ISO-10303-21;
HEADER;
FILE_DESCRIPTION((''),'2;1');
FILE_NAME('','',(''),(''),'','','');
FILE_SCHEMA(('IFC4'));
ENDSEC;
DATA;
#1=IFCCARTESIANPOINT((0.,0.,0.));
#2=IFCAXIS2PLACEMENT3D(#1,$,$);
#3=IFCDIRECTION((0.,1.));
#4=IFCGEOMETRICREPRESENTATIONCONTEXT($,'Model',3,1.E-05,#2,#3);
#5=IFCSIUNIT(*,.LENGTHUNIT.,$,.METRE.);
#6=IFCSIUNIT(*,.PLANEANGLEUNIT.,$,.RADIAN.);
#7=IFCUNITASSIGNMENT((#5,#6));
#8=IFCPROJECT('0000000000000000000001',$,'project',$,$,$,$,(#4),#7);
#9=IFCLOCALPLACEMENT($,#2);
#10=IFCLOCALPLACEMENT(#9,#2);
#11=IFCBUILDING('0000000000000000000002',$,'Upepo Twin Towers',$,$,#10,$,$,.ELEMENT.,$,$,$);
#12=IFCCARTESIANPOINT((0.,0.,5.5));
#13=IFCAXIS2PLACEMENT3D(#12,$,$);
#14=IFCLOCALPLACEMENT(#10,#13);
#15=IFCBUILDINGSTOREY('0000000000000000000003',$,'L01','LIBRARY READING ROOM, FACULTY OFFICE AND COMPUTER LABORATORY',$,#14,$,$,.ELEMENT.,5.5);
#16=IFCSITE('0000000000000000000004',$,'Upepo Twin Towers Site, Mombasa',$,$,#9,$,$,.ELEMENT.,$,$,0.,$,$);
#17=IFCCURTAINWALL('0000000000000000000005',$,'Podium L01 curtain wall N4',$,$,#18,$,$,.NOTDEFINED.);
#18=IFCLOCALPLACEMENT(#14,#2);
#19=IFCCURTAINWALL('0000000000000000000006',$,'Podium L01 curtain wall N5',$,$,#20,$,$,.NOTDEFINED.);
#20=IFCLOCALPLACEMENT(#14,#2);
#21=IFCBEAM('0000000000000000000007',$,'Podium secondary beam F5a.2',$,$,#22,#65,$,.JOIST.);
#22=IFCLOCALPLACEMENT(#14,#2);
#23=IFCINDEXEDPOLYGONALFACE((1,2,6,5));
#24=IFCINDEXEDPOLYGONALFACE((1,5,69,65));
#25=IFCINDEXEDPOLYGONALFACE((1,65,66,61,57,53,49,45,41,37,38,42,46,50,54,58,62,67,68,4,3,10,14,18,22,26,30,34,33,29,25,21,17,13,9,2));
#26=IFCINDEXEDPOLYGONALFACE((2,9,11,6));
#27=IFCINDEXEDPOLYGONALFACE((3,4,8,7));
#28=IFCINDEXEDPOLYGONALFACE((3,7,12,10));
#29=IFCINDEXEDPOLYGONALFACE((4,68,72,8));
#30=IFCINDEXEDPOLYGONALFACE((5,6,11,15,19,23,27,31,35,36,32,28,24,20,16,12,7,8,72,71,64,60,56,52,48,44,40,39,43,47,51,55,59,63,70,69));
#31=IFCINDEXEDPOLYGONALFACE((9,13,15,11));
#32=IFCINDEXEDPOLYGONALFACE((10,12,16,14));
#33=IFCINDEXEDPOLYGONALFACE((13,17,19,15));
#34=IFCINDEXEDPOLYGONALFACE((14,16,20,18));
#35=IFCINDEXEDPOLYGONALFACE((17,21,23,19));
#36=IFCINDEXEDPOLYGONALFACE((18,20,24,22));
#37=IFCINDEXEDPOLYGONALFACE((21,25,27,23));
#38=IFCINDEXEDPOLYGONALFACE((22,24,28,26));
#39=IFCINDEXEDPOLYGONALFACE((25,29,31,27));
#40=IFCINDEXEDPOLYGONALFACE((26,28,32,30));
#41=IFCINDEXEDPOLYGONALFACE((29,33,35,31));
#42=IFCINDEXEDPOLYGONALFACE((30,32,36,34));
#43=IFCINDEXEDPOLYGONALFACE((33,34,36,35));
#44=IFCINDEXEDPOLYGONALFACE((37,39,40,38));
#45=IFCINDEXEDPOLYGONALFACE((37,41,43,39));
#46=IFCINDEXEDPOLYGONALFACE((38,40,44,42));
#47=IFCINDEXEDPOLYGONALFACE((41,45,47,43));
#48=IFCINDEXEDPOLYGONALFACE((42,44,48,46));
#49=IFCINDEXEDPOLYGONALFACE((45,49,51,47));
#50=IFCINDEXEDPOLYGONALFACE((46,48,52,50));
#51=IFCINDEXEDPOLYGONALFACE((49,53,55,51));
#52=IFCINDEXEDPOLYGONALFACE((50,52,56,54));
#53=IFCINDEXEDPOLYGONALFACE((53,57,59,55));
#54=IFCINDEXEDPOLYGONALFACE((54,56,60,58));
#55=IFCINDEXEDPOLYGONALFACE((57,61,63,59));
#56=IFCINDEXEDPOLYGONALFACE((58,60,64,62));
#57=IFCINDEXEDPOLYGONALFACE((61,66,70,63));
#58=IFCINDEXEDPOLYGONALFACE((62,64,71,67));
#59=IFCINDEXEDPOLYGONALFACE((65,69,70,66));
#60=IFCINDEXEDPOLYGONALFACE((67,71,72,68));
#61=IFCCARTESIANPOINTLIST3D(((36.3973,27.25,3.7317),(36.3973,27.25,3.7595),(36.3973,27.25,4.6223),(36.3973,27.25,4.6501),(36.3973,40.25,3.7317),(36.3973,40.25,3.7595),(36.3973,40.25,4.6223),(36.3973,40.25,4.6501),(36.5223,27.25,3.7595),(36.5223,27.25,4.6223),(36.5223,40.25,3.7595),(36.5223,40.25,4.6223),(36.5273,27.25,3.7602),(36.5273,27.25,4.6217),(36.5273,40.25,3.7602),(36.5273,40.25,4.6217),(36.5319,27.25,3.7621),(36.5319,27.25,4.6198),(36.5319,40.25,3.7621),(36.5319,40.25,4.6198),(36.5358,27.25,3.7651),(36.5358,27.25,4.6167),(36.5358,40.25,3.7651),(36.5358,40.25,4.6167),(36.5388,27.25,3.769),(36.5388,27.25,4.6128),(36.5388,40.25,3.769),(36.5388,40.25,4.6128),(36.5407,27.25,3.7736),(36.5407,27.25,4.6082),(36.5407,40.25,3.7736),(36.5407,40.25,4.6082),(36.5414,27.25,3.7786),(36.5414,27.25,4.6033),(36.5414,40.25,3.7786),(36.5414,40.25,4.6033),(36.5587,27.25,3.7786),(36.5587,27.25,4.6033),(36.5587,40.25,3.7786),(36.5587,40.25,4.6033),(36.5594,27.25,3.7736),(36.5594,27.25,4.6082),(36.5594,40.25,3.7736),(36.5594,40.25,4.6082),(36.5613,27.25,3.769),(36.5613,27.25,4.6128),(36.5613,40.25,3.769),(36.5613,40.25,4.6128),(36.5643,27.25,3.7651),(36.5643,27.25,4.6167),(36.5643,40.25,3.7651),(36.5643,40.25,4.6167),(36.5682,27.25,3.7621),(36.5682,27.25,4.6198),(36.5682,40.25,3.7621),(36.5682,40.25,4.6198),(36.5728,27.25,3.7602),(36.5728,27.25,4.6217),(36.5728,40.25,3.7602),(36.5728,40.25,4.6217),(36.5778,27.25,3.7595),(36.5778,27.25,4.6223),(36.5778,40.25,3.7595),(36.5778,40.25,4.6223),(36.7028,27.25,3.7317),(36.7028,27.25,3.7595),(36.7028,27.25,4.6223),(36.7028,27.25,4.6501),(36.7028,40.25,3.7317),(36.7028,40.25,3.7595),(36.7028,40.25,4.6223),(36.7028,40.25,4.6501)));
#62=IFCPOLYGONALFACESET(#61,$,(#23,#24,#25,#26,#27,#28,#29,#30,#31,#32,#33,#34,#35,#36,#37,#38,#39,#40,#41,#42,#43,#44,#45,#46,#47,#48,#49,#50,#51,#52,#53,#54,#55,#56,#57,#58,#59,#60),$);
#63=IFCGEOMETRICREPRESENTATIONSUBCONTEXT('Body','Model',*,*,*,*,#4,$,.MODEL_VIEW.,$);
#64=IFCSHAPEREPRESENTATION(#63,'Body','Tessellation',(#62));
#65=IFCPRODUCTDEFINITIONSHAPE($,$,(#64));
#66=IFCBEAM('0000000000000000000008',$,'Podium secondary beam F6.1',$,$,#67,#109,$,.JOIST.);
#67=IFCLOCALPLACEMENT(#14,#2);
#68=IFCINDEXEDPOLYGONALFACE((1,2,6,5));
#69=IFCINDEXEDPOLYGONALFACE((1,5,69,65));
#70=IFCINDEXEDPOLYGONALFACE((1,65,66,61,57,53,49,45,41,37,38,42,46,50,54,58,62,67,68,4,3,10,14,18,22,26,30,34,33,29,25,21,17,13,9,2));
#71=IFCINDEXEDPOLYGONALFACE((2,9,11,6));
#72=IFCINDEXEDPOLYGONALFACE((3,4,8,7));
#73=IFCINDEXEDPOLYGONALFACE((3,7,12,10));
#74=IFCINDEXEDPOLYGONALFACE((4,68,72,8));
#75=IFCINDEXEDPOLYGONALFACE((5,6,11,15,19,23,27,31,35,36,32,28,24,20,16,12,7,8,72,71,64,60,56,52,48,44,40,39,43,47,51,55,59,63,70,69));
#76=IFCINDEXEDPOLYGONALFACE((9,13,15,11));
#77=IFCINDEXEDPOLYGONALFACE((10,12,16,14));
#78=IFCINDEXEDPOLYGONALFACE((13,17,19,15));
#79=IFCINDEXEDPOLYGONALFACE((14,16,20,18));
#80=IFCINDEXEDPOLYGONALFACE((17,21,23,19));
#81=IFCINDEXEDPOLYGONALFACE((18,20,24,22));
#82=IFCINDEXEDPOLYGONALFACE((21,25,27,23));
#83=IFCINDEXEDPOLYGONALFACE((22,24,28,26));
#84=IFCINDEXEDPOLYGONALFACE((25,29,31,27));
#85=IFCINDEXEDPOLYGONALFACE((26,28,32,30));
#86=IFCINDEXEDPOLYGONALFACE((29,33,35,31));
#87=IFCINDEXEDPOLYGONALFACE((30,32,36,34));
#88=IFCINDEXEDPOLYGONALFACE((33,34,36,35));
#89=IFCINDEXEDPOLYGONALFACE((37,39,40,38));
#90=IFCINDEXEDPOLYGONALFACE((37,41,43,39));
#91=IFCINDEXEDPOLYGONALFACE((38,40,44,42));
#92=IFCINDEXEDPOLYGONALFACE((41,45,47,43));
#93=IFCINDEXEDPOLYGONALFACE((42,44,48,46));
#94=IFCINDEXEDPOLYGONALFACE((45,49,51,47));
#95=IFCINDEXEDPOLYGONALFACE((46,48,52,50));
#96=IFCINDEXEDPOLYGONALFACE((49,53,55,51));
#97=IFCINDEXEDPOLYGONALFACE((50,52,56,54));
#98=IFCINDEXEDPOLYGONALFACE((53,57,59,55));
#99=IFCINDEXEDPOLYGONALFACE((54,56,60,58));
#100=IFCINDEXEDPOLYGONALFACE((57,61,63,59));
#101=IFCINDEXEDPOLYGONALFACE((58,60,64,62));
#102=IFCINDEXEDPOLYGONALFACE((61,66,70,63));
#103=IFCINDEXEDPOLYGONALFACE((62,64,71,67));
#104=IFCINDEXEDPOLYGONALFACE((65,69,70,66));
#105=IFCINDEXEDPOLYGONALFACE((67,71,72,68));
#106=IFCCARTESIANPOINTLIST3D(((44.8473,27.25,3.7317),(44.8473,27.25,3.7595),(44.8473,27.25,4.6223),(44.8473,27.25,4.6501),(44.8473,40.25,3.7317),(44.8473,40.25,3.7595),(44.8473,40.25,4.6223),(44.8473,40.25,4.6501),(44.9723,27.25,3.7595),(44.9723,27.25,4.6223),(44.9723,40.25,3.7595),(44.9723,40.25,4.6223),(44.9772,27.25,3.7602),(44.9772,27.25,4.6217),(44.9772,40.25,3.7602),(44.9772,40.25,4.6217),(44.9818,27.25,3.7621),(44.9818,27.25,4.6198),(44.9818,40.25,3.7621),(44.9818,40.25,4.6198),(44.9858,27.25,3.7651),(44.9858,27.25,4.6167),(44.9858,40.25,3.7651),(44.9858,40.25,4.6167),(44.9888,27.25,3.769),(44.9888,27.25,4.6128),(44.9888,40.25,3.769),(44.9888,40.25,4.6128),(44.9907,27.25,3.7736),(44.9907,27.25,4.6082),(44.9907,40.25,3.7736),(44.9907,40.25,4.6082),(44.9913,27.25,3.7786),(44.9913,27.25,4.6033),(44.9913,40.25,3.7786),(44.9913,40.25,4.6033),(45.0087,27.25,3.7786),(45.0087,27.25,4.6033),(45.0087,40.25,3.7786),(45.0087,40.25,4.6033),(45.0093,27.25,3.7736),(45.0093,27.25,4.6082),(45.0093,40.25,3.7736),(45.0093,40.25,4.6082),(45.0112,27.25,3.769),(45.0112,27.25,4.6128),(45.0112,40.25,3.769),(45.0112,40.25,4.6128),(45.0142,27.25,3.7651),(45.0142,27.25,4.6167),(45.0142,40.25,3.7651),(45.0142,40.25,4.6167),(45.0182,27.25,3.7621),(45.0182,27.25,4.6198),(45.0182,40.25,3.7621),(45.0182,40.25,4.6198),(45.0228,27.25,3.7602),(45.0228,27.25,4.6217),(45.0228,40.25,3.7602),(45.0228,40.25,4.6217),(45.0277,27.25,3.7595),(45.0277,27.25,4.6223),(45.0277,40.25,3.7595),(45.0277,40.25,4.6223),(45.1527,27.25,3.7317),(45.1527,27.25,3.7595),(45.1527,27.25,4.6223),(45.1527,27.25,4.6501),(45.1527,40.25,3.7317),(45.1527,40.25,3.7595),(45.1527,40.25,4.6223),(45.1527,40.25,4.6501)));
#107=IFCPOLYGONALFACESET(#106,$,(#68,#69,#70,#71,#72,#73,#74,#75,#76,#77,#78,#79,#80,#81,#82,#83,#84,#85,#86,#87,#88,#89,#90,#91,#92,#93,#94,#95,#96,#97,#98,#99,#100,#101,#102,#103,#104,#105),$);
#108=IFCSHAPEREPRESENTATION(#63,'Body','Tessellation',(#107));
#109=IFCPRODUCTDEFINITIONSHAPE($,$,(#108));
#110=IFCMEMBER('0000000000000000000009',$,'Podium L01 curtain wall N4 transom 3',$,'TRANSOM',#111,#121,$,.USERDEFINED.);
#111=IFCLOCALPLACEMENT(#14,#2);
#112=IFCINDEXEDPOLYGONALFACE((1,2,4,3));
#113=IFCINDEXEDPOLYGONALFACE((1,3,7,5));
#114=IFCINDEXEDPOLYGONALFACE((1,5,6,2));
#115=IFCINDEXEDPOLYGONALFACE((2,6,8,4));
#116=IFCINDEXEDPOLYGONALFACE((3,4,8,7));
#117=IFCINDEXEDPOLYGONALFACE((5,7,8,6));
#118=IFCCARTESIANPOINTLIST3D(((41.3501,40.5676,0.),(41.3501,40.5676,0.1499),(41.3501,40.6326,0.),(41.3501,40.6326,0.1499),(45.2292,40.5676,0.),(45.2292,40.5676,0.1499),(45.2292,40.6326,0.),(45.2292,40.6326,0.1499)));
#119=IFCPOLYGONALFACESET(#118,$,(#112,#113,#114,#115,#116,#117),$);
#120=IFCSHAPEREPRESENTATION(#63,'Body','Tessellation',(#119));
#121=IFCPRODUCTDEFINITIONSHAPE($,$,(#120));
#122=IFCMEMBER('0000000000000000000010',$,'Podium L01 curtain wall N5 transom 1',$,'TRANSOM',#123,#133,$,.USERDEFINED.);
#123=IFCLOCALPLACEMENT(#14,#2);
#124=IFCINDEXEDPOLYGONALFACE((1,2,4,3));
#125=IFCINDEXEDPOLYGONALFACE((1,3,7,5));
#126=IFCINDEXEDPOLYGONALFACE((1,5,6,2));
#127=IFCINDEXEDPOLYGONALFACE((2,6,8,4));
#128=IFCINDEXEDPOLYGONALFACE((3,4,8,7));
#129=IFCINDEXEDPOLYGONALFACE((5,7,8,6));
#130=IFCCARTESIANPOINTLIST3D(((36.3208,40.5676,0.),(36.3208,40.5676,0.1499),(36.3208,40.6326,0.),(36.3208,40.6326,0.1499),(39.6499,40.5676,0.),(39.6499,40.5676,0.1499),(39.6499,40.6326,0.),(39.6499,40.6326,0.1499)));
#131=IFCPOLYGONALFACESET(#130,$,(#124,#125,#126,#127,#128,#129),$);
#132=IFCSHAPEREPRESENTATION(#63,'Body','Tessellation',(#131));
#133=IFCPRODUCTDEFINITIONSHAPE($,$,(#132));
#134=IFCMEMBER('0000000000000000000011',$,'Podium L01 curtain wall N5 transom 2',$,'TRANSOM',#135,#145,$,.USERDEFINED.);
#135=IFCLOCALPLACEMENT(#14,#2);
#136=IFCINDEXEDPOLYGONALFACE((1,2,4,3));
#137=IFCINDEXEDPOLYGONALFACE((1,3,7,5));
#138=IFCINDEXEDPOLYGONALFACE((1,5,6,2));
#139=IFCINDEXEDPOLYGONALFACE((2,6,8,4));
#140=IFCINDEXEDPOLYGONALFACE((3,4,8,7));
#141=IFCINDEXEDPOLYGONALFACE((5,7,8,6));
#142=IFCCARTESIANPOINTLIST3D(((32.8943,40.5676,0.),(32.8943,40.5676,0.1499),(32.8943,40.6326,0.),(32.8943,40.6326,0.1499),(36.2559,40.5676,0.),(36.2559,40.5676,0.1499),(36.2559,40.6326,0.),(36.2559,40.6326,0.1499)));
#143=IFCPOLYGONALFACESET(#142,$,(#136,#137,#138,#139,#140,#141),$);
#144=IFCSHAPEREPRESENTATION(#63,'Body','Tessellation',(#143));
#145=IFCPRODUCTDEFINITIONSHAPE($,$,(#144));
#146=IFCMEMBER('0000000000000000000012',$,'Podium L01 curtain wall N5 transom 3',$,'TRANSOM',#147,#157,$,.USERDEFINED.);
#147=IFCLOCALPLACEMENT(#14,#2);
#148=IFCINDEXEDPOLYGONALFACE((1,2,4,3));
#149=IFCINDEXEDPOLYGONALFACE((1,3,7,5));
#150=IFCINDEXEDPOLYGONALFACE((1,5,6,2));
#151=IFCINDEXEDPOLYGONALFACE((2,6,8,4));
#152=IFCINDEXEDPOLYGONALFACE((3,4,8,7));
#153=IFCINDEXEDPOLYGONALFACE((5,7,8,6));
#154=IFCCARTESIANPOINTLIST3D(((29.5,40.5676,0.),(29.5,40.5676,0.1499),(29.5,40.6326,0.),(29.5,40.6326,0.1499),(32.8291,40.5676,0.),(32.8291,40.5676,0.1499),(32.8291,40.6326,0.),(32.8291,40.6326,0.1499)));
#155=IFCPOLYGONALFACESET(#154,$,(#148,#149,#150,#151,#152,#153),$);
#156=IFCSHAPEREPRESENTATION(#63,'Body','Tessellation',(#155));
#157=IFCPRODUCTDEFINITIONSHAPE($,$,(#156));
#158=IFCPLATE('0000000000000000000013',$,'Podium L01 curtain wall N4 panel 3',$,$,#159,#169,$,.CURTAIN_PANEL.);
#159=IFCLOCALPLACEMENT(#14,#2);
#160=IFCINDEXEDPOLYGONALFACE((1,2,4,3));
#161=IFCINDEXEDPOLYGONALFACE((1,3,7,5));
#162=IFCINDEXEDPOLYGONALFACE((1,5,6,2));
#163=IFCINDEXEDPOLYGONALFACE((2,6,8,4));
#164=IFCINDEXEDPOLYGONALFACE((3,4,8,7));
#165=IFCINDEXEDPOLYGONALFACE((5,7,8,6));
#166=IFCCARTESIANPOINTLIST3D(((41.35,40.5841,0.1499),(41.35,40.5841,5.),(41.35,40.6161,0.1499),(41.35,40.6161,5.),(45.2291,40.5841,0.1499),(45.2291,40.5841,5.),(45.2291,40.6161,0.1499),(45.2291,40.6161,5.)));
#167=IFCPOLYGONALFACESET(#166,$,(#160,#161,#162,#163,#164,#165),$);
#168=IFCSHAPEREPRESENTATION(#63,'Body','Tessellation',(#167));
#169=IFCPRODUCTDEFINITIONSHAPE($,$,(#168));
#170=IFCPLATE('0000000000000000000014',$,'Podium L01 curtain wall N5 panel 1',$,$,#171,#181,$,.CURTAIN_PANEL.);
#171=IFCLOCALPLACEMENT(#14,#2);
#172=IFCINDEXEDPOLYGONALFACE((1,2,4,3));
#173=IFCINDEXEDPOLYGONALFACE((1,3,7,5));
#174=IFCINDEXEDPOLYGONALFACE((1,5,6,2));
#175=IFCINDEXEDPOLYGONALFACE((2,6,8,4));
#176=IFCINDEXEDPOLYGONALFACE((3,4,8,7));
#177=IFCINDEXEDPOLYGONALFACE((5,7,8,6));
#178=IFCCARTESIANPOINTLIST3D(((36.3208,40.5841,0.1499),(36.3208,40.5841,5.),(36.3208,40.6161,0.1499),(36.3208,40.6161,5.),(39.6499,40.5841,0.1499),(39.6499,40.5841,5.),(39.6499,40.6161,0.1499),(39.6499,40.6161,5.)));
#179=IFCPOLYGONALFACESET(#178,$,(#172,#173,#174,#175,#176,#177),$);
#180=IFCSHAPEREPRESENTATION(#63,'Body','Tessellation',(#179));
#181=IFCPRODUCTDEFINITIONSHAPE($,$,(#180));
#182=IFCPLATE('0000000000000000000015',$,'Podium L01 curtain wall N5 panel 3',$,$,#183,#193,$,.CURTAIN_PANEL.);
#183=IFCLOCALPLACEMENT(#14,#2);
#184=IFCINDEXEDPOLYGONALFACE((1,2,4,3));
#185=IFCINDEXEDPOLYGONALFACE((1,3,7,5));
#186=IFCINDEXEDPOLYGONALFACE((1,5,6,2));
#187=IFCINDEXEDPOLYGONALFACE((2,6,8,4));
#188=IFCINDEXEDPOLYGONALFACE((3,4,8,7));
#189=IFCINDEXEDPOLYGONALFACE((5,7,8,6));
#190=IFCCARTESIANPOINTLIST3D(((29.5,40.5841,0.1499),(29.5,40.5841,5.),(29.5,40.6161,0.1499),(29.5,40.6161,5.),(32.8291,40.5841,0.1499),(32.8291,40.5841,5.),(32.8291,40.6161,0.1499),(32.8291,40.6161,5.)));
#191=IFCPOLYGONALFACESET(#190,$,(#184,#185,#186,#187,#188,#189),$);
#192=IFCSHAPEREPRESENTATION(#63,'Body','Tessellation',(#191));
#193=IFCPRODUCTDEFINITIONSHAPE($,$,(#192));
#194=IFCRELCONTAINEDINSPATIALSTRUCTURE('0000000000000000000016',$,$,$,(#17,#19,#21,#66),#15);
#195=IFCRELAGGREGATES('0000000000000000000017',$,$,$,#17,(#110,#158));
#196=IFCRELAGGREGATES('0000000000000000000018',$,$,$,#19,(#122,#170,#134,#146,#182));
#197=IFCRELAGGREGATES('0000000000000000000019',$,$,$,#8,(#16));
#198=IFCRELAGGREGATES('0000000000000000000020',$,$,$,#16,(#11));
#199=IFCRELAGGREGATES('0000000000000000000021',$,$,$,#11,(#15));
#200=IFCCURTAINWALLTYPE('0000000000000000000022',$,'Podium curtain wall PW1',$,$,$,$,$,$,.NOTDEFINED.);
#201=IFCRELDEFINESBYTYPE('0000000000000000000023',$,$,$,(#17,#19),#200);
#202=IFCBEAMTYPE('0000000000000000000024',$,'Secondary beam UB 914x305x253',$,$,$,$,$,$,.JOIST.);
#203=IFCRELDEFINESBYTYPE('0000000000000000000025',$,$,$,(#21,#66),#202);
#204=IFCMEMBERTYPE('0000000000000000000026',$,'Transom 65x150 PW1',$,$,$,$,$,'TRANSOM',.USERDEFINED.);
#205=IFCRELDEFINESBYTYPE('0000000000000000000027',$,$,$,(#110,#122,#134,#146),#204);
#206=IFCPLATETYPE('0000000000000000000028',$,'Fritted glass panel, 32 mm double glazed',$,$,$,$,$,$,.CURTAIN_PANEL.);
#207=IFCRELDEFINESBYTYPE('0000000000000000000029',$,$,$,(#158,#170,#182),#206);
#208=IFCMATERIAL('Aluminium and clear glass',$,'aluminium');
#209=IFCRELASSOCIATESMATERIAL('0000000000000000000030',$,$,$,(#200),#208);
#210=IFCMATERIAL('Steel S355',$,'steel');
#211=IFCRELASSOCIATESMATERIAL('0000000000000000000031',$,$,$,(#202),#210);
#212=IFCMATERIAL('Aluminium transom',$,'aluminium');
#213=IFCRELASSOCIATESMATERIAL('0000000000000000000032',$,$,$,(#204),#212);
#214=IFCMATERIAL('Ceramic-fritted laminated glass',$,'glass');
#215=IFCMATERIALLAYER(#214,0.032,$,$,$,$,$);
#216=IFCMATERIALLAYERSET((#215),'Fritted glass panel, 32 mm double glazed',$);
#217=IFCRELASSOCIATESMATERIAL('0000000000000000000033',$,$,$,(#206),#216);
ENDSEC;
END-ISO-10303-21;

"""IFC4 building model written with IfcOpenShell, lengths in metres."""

from ifc_helpers import new_model, si_unit, direction, frame, origin, origin_2d, place, context, subcontext, project, spatial, rectangle, i_section, extrude, material, layer, layer_set, material_profile, profile_set, type_object, element, aggregate, save


model = new_model("IFC4")

# Units and contexts
model_context = context("Model", 3, precision=1e-05, world=origin(), true_north=direction((0.0, 1.0)))
body_context = subcontext(model_context, "Body", "Model", "MODEL_VIEW")
ifc_project = project(units=[si_unit("LENGTHUNIT", "METRE"), si_unit("PLANEANGLEUNIT", "RADIAN")], contexts=[model_context])

# Site, building, storey
site_placement = place(None, origin())
site = spatial("IfcSite", under=ifc_project, at=site_placement, Name="Upepo Twin Towers Site, Mombasa", CompositionType="ELEMENT", RefElevation=0.0)
building_placement = place(site_placement, origin())
building = spatial("IfcBuilding", under=site, at=building_placement, Name="Upepo Twin Towers", CompositionType="ELEMENT")
storey_placement = place(building_placement, frame((0.0, 0.0, 5.5)))
storey = spatial("IfcBuildingStorey", under=building, at=storey_placement, Name="L01", Description="LIBRARY READING ROOM, FACULTY OFFICE AND COMPUTER LABORATORY", CompositionType="ELEMENT", Elevation=5.5)

# Curtain walls
ifc_material_1 = material(Name="Aluminium and clear glass", Category="aluminium")
curtain_wall_type = type_object("IfcCurtainWallType", Name="Podium curtain wall PW1", PredefinedType="NOTDEFINED", material=ifc_material_1)
curtain_wall_1_placement = place(storey_placement, origin())
curtain_wall_1 = element("IfcCurtainWall", 1, at=curtain_wall_1_placement, inside=storey, type_object=curtain_wall_type, Name="Podium L01 curtain wall N4", PredefinedType="NOTDEFINED")
curtain_wall_2_placement = place(storey_placement, origin())
curtain_wall_2 = element("IfcCurtainWall", 2, at=curtain_wall_2_placement, inside=storey, type_object=curtain_wall_type, Name="Podium L01 curtain wall N5", PredefinedType="NOTDEFINED")

# Beams
ifc_material_2 = material(Name="Steel S355", Category="steel")
ifc_material_profile_1 = material_profile(ifc_material_2, i_section(OverallWidth=0.3054, OverallDepth=0.9185, WebThickness=0.0173, FlangeThickness=0.0278, FilletRadius=0.019, at=origin_2d()), Name="UB 914x305x253")
ifc_profile_set_1 = profile_set([ifc_material_profile_1], Name="Steel S355")
beam_type_1 = type_object("IfcBeamType", Name="Secondary beam UB 914x305x253", PredefinedType="JOIST", material=ifc_profile_set_1)
for number, where, z_axis, x_axis, name in (
    (3, (36.55, 27.25, 4.1909), (0.0, 1.0, 0.0), (-1.0, 0.0, 0.0), "Podium secondary beam F5a.2"),
    (4, (45.0, 27.25, 4.1909), (0.0, 1.0, 0.0), (-1.0, 0.0, 0.0), "Podium secondary beam F6.1"),
):
    element("IfcBeam", number, at=place(storey_placement, frame(where, z_axis=z_axis, x_axis=x_axis)), inside=storey, type_object=beam_type_1, Name=name, PredefinedType="JOIST", context=body_context, shape_type="SweptSolid", body=[
        extrude(i_section(OverallWidth=0.3054, OverallDepth=0.9185, WebThickness=0.0173, FlangeThickness=0.0278, FilletRadius=0.019, at=origin_2d()), origin(), (0.0, 0.0, 1.0), 13.0),
    ])

# Members
ifc_material_3 = material(Name="Aluminium transom", Category="aluminium")
ifc_material_profile_2 = material_profile(ifc_material_3, rectangle(XDim=0.0649, YDim=0.1499, at=origin_2d()), Name="TRANSOM 65x150 PODIUM")
ifc_profile_set_2 = profile_set([ifc_material_profile_2], Name="Aluminium transom")
member_type_1 = type_object("IfcMemberType", Name="Transom 65x150 PW1", ElementType="TRANSOM", PredefinedType="USERDEFINED", material=ifc_profile_set_2)
member_1_placement = place(storey_placement, frame((45.2292, 40.6001, 0.075), z_axis=(-1.0, 0.0, 0.0), x_axis=(0.0, -1.0, 0.0)))
member_1 = element("IfcMember", 5, at=member_1_placement, type_object=member_type_1, Name="Podium L01 curtain wall N4 transom 3", ObjectType="TRANSOM", PredefinedType="USERDEFINED", context=body_context, shape_type="SweptSolid", body=[
    extrude(rectangle(XDim=0.0649, YDim=0.1499, at=origin_2d()), origin(), (0.0, 0.0, 1.0), 3.8792),
])
member_2_placement = place(storey_placement, frame((39.6499, 40.6001, 0.075), z_axis=(-1.0, 0.0, 0.0), x_axis=(0.0, -1.0, 0.0)))
member_2 = element("IfcMember", 6, at=member_2_placement, type_object=member_type_1, Name="Podium L01 curtain wall N5 transom 1", ObjectType="TRANSOM", PredefinedType="USERDEFINED", context=body_context, shape_type="SweptSolid", body=[
    extrude(rectangle(XDim=0.0649, YDim=0.1499, at=origin_2d()), origin(), (0.0, 0.0, 1.0), 3.3291),
])
member_3_placement = place(storey_placement, frame((36.2559, 40.6001, 0.075), z_axis=(-1.0, 0.0, 0.0), x_axis=(0.0, -1.0, 0.0)))
member_3 = element("IfcMember", 7, at=member_3_placement, type_object=member_type_1, Name="Podium L01 curtain wall N5 transom 2", ObjectType="TRANSOM", PredefinedType="USERDEFINED", context=body_context, shape_type="SweptSolid", body=[
    extrude(rectangle(XDim=0.0649, YDim=0.1499, at=origin_2d()), origin(), (0.0, 0.0, 1.0), 3.3616),
])
member_4_placement = place(storey_placement, frame((32.8291, 40.6001, 0.075), z_axis=(-1.0, 0.0, 0.0), x_axis=(0.0, -1.0, 0.0)))
member_4 = element("IfcMember", 8, at=member_4_placement, type_object=member_type_1, Name="Podium L01 curtain wall N5 transom 3", ObjectType="TRANSOM", PredefinedType="USERDEFINED", context=body_context, shape_type="SweptSolid", body=[
    extrude(rectangle(XDim=0.0649, YDim=0.1499, at=origin_2d()), origin(), (0.0, 0.0, 1.0), 3.3291),
])

# Plates
ifc_material_4 = material(Name="Ceramic-fritted laminated glass", Category="glass")
ifc_layer_1 = layer(ifc_material_4, 0.032)
ifc_layer_set_1 = layer_set([ifc_layer_1], Name="Fritted glass panel, 32 mm double glazed")
plate_type_1 = type_object("IfcPlateType", Name="Fritted glass panel, 32 mm double glazed", PredefinedType="CURTAIN_PANEL", material=ifc_layer_set_1)
plate_1_placement = place(storey_placement, frame((43.2896, 40.6001, 0.1499), z_axis=(0.0, 0.0, 1.0), x_axis=(-1.0, 0.0, 0.0)))
plate_1 = element("IfcPlate", 9, at=plate_1_placement, type_object=plate_type_1, Name="Podium L01 curtain wall N4 panel 3", PredefinedType="CURTAIN_PANEL", context=body_context, shape_type="SweptSolid", body=[
    extrude(rectangle(XDim=3.8792, YDim=0.032, at=origin_2d()), origin(), (0.0, 0.0, 1.0), 4.8501),
])
aggregate(curtain_wall_1, [member_1, plate_1])
plate_2_placement = place(storey_placement, frame((37.9854, 40.6001, 0.1499), z_axis=(0.0, 0.0, 1.0), x_axis=(-1.0, 0.0, 0.0)))
plate_2 = element("IfcPlate", 10, at=plate_2_placement, type_object=plate_type_1, Name="Podium L01 curtain wall N5 panel 1", PredefinedType="CURTAIN_PANEL", context=body_context, shape_type="SweptSolid", body=[
    extrude(rectangle(XDim=3.3291, YDim=0.032, at=origin_2d()), origin(), (0.0, 0.0, 1.0), 4.8501),
])
plate_3_placement = place(storey_placement, frame((31.1646, 40.6001, 0.1499), z_axis=(0.0, 0.0, 1.0), x_axis=(-1.0, 0.0, 0.0)))
plate_3 = element("IfcPlate", 11, at=plate_3_placement, type_object=plate_type_1, Name="Podium L01 curtain wall N5 panel 3", PredefinedType="CURTAIN_PANEL", context=body_context, shape_type="SweptSolid", body=[
    extrude(rectangle(XDim=3.3291, YDim=0.032, at=origin_2d()), origin(), (0.0, 0.0, 1.0), 4.8501),
])
aggregate(curtain_wall_2, [member_2, plate_2, member_3, member_4, plate_3])

save(model, "model.ifc")
